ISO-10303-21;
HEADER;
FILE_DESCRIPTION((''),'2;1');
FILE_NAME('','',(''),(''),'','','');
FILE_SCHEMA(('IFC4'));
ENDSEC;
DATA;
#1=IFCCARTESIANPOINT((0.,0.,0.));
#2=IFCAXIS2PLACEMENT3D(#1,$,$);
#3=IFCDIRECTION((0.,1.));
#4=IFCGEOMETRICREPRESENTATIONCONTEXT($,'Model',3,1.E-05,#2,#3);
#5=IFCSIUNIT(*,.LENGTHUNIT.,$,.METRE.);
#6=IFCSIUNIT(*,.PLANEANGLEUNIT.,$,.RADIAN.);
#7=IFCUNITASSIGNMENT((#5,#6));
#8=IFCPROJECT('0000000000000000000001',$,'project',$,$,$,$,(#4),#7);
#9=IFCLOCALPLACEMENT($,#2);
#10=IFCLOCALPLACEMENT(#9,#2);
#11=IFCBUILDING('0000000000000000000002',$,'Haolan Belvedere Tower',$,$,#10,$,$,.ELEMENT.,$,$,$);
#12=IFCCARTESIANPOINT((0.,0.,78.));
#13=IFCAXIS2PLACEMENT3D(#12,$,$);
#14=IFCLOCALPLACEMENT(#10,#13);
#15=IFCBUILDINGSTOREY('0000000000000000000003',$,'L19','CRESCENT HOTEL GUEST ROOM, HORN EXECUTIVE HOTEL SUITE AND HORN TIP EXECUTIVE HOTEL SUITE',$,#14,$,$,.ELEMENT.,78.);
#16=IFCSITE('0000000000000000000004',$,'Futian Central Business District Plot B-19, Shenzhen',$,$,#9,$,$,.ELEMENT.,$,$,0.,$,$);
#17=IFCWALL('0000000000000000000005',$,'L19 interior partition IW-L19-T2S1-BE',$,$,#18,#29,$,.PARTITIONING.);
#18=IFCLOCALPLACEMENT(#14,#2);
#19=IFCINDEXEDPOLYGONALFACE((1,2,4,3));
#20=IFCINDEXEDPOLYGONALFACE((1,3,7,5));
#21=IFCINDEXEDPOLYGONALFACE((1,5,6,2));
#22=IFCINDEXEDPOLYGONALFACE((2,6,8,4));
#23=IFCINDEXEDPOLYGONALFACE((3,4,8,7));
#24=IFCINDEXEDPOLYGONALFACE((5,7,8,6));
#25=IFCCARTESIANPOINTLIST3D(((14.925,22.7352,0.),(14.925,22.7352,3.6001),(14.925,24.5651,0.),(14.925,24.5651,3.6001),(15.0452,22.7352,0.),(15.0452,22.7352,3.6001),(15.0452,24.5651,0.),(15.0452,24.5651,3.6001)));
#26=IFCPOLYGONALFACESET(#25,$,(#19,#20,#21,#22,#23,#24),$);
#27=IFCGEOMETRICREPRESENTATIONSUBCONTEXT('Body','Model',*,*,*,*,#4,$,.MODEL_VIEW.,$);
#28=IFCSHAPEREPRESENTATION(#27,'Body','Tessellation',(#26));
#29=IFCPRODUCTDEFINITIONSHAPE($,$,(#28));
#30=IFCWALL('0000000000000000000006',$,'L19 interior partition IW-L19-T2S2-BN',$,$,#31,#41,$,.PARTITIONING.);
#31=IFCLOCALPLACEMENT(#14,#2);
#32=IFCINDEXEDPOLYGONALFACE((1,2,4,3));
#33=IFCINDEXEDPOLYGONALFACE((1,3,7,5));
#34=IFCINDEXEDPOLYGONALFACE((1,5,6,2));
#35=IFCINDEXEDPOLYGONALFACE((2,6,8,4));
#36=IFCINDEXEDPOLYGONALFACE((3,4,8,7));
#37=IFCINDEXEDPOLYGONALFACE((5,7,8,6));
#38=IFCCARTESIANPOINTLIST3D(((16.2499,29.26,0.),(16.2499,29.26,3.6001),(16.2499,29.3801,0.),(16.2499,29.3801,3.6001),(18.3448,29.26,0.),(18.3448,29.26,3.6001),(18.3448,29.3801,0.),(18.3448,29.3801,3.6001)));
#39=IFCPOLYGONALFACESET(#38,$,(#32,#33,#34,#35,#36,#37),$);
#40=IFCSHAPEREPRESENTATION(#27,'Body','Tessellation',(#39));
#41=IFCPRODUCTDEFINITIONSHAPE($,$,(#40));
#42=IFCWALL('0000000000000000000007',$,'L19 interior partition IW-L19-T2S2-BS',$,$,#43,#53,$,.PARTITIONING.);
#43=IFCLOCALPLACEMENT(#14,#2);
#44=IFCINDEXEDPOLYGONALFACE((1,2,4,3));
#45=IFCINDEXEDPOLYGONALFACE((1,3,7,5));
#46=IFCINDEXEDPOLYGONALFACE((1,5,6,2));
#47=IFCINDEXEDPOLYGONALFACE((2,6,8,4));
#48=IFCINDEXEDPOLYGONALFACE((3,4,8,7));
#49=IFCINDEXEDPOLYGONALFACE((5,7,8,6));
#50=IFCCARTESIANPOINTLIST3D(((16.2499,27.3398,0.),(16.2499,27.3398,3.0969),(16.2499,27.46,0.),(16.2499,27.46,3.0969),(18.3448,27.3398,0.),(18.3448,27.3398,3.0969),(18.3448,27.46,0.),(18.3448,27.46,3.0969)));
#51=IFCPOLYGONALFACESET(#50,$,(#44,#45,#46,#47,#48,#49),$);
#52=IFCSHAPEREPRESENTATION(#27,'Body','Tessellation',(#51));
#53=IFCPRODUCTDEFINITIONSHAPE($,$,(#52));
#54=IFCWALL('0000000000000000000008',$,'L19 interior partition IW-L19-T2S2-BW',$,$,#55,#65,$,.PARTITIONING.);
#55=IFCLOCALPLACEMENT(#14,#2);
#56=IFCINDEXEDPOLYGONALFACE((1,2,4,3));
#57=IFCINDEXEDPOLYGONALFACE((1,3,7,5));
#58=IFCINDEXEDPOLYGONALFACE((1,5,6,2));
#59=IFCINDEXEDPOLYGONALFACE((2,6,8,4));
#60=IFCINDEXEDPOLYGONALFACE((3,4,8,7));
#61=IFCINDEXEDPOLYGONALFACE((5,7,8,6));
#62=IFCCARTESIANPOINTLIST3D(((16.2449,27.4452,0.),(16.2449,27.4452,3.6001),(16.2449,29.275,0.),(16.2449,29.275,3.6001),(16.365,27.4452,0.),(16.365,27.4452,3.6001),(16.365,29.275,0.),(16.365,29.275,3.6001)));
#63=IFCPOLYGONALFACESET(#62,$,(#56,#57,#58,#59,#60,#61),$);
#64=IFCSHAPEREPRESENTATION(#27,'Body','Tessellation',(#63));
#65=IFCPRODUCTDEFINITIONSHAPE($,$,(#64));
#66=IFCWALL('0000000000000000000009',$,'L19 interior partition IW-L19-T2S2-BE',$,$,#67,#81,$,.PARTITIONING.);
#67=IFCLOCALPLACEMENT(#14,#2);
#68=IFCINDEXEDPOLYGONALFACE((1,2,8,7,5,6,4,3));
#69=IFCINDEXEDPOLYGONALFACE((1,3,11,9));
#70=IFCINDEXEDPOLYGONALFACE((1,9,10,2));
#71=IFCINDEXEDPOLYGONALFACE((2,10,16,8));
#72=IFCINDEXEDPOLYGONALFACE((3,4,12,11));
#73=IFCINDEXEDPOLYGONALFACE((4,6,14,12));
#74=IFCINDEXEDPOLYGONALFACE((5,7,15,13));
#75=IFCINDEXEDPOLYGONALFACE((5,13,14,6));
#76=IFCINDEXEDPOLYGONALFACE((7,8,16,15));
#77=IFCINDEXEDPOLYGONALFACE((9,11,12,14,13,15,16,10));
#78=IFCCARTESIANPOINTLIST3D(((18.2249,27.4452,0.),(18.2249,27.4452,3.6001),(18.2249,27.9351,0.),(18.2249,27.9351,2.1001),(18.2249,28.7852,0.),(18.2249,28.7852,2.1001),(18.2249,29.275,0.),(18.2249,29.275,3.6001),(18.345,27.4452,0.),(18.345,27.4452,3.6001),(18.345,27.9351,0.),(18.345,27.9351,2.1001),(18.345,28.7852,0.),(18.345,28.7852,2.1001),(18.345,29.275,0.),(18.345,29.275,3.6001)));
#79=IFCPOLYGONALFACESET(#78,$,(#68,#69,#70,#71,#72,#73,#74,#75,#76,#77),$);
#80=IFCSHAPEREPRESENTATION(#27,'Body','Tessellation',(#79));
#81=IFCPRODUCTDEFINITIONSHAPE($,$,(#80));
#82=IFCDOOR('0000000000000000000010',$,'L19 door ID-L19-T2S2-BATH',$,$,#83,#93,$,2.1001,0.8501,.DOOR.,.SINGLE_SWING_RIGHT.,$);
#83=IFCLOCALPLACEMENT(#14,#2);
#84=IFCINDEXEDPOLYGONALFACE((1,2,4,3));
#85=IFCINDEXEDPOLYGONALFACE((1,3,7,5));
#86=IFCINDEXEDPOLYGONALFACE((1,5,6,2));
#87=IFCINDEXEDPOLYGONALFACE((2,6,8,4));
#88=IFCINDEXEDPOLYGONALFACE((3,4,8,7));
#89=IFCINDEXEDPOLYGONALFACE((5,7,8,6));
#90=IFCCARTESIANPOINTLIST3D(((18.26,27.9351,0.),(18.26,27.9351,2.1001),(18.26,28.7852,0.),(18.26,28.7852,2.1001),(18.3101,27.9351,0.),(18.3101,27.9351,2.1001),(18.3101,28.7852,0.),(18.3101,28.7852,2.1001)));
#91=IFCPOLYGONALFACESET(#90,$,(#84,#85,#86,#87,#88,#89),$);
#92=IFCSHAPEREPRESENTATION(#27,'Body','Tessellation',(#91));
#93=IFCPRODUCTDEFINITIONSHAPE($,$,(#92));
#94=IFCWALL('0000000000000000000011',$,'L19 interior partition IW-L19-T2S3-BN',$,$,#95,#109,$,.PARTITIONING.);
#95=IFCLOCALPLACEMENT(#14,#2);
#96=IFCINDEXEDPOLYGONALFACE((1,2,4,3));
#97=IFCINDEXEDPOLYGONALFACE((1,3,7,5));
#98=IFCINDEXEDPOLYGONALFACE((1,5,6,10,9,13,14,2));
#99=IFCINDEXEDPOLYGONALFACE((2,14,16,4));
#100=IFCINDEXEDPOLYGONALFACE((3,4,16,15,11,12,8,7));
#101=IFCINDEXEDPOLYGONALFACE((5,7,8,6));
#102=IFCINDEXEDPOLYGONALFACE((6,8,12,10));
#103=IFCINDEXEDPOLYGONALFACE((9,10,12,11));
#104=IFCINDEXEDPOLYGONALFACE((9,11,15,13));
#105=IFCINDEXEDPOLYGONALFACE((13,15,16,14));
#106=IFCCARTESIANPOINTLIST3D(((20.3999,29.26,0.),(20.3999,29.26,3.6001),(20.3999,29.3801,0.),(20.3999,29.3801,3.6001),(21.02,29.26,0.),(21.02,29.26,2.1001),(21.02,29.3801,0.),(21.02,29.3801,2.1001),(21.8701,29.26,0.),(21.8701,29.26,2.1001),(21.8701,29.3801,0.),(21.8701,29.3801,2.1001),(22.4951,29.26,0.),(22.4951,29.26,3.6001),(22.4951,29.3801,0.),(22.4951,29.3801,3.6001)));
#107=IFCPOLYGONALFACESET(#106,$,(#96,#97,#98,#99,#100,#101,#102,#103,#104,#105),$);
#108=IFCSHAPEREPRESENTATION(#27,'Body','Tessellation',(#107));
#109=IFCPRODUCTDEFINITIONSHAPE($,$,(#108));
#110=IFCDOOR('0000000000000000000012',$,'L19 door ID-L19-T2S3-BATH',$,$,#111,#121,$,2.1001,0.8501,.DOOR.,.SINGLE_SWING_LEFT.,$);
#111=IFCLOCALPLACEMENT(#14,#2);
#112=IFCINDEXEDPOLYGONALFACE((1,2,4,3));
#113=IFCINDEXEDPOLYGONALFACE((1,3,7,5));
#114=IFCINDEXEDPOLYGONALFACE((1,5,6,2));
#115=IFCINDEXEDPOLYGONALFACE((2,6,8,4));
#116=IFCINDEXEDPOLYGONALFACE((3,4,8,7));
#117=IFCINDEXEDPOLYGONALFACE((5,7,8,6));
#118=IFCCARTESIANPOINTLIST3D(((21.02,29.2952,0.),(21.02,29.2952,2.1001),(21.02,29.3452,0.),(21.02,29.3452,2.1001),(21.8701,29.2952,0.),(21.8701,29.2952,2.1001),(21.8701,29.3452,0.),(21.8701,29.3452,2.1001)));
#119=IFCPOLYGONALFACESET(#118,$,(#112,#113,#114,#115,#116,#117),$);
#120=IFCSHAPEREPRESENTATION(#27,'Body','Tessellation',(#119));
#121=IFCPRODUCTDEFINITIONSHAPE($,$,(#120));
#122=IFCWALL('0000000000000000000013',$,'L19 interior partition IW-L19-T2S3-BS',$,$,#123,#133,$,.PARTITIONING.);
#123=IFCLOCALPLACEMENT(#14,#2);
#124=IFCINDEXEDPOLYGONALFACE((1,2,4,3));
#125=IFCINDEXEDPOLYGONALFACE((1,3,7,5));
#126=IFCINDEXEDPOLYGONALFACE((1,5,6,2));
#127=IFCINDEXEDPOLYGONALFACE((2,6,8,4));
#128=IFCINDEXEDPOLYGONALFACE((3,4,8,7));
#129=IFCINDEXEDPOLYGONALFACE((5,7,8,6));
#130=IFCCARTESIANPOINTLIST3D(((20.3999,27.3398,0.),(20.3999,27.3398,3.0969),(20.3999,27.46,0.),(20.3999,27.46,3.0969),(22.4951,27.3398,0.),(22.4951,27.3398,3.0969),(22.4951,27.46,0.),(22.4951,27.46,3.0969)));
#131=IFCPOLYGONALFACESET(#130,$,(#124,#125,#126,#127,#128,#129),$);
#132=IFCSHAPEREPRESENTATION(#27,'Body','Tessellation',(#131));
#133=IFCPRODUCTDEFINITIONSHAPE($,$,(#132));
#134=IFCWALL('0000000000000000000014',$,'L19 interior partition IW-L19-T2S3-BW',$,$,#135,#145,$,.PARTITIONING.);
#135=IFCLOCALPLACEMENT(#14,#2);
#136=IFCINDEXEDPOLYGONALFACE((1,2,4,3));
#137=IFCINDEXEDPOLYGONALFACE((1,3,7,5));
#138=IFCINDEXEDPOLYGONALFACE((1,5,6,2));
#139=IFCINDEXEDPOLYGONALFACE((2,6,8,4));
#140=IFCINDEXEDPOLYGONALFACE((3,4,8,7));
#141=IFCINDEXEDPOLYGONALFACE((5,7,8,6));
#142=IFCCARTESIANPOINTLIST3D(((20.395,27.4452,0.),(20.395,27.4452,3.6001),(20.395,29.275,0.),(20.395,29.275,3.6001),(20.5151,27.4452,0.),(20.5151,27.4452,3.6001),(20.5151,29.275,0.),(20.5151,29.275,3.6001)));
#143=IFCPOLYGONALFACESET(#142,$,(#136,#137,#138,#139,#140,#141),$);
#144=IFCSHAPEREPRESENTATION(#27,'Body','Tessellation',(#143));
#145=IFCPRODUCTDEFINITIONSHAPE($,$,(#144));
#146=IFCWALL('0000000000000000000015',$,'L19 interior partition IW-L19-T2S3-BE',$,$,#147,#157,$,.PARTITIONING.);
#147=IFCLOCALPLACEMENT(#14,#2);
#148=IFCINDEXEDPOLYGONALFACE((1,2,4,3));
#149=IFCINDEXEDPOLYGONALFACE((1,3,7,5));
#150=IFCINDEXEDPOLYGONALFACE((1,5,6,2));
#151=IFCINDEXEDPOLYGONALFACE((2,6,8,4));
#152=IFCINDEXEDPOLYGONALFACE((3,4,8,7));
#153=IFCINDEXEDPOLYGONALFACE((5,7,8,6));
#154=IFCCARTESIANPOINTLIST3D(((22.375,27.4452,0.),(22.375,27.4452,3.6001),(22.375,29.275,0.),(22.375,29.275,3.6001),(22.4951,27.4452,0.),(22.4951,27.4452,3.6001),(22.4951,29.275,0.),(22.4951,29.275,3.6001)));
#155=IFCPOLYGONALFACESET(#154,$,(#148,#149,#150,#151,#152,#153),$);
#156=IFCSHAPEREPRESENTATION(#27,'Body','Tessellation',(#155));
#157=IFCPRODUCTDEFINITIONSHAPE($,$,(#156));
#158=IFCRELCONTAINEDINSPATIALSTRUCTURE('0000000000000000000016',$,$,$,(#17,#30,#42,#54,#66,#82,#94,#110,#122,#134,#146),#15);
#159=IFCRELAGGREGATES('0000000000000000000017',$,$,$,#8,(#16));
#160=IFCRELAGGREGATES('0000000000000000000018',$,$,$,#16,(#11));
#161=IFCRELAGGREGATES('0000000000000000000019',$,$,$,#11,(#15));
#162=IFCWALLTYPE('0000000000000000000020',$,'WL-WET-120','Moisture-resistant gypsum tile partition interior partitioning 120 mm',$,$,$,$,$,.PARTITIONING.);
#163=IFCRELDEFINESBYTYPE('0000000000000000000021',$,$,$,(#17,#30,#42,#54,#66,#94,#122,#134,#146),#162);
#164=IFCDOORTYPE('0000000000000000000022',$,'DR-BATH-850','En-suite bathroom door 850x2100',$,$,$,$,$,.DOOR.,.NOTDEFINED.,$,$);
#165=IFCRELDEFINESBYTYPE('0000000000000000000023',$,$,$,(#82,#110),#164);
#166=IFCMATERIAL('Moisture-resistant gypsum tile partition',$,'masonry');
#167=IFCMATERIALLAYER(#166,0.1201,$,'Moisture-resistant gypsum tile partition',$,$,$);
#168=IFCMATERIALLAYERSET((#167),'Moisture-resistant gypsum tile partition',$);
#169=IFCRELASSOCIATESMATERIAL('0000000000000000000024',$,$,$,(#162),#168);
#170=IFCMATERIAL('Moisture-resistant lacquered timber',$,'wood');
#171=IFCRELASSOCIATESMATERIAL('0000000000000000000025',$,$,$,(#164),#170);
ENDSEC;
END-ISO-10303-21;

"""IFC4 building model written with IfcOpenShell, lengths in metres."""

from ifc_helpers import new_model, si_unit, direction, frame, frame_2d, origin, place, context, subcontext, project, spatial, rectangle, extrude, material, layer, layer_set, type_object, element, fill, save


model = new_model("IFC4")

# Units and contexts
model_context = context("Model", 3, precision=1e-05, world=origin(), true_north=direction((0.0, 1.0)))
body_context = subcontext(model_context, "Body", "Model", "MODEL_VIEW")
ifc_project = project(units=[si_unit("LENGTHUNIT", "METRE"), si_unit("PLANEANGLEUNIT", "RADIAN")], contexts=[model_context])

# Site, building, storey
site_placement = place(None, origin())
site = spatial("IfcSite", under=ifc_project, at=site_placement, Name="Futian Central Business District Plot B-19, Shenzhen", CompositionType="ELEMENT", RefElevation=0.0)
building_placement = place(site_placement, origin())
building = spatial("IfcBuilding", under=site, at=building_placement, Name="Haolan Belvedere Tower", CompositionType="ELEMENT")
storey_placement = place(building_placement, frame((0.0, 0.0, 78.0)))
storey = spatial("IfcBuildingStorey", under=building, at=storey_placement, Name="L19", Description="CRESCENT HOTEL GUEST ROOM, HORN EXECUTIVE HOTEL SUITE AND HORN TIP EXECUTIVE HOTEL SUITE", CompositionType="ELEMENT", Elevation=78.0)

# Walls
ifc_material_1 = material(Name="Moisture-resistant gypsum tile partition", Category="masonry")
ifc_layer_1 = layer(ifc_material_1, 0.1201, Name="Moisture-resistant gypsum tile partition")
ifc_layer_set_1 = layer_set([ifc_layer_1], Name="Moisture-resistant gypsum tile partition")
wall_type_1 = type_object("IfcWallType", Name="WL-WET-120", Description="Moisture-resistant gypsum tile partition interior partitioning 120 mm", PredefinedType="PARTITIONING", material=ifc_layer_set_1)
wall_1_placement = place(storey_placement, frame((14.9851, 22.7351, 0.0), z_axis=(0.0, 0.0, 1.0), x_axis=(0.0, 1.0, 0.0)))
element("IfcWall", 1, at=wall_1_placement, inside=storey, type_object=wall_type_1, Name="L19 interior partition IW-L19-T2S1-BE", PredefinedType="PARTITIONING", context=body_context, shape_type="SweptSolid", body=[
    extrude(rectangle(XDim=1.8298, YDim=0.1201, at=frame_2d((0.915, 0.0))), origin(), (0.0, 0.0, 1.0), 3.6001),
])
wall_2_placement = place(storey_placement, frame((16.25, 29.3201, 0.0), z_axis=(0.0, 0.0, 1.0), x_axis=(1.0, 0.0, 0.0)))
element("IfcWall", 2, at=wall_2_placement, inside=storey, type_object=wall_type_1, Name="L19 interior partition IW-L19-T2S2-BN", PredefinedType="PARTITIONING", context=body_context, shape_type="SweptSolid", body=[
    extrude(rectangle(XDim=2.095, YDim=0.1201, at=frame_2d((1.0474, 0.0))), origin(), (0.0, 0.0, 1.0), 3.6001),
])
wall_3_placement = place(storey_placement, frame((16.25, 27.3999, 0.0), z_axis=(0.0, 0.0, 1.0), x_axis=(1.0, 0.0, 0.0)))
element("IfcWall", 3, at=wall_3_placement, inside=storey, type_object=wall_type_1, Name="L19 interior partition IW-L19-T2S2-BS", PredefinedType="PARTITIONING", context=body_context, shape_type="SweptSolid", body=[
    extrude(rectangle(XDim=2.095, YDim=0.1201, at=frame_2d((1.0474, 0.0))), origin(), (0.0, 0.0, 1.0), 3.0969),
])
wall_4_placement = place(storey_placement, frame((16.3049, 27.4451, 0.0), z_axis=(0.0, 0.0, 1.0), x_axis=(0.0, 1.0, 0.0)))
element("IfcWall", 4, at=wall_4_placement, inside=storey, type_object=wall_type_1, Name="L19 interior partition IW-L19-T2S2-BW", PredefinedType="PARTITIONING", context=body_context, shape_type="SweptSolid", body=[
    extrude(rectangle(XDim=1.8298, YDim=0.1201, at=frame_2d((0.915, 0.0))), origin(), (0.0, 0.0, 1.0), 3.6001),
])

# Walls, openings, doors
wall_5_placement = place(storey_placement, frame((18.2849, 27.4451, 0.0), z_axis=(0.0, 0.0, 1.0), x_axis=(0.0, 1.0, 0.0)))
wall_5 = element("IfcWall", 5, at=wall_5_placement, inside=storey, type_object=wall_type_1, Name="L19 interior partition IW-L19-T2S2-BE", PredefinedType="PARTITIONING", context=body_context, shape_type="SweptSolid", body=[
    extrude(rectangle(XDim=1.8298, YDim=0.1201, at=frame_2d((0.915, 0.0))), origin(), (0.0, 0.0, 1.0), 3.6001),
])
opening_1_placement = place(wall_5_placement, frame((0.49, 0.0, 0.0)))
opening_1 = element("IfcOpeningElement", 6, at=opening_1_placement, cuts=wall_5, PredefinedType="OPENING", context=body_context, shape_type="SweptSolid", body=[
    extrude(rectangle(XDim=0.8501, YDim=2.1001, at=frame_2d((0.425, 1.05))), frame((0.0, 0.0701, 0.0), z_axis=(0.0, -1.0, 0.0), x_axis=(1.0, 0.0, 0.0)), (0.0, 0.0, 1.0), 0.1401),
])
ifc_material_2 = material(Name="Moisture-resistant lacquered timber", Category="wood")
door_type_1 = type_object("IfcDoorType", Name="DR-BATH-850", Description="En-suite bathroom door 850x2100", OperationType="NOTDEFINED", PredefinedType="DOOR", material=ifc_material_2)
door_1_placement = place(opening_1_placement, origin())
door_1 = element("IfcDoor", 7, at=door_1_placement, inside=storey, type_object=door_type_1, Name="L19 door ID-L19-T2S2-BATH", OperationType="SINGLE_SWING_RIGHT", OverallHeight=2.1001, OverallWidth=0.8501, PredefinedType="DOOR", context=body_context, shape_type="SweptSolid", body=[
    extrude(rectangle(XDim=0.8501, YDim=2.1001, at=frame_2d((0.425, 1.05))), frame((0.0, 0.0249, 0.0), z_axis=(0.0, -1.0, 0.0), x_axis=(1.0, 0.0, 0.0)), (0.0, 0.0, 1.0), 0.05),
])
fill(opening_1, door_1)
wall_6_placement = place(storey_placement, frame((20.3999, 29.3201, 0.0), z_axis=(0.0, 0.0, 1.0), x_axis=(1.0, 0.0, 0.0)))
wall_6 = element("IfcWall", 8, at=wall_6_placement, inside=storey, type_object=wall_type_1, Name="L19 interior partition IW-L19-T2S3-BN", PredefinedType="PARTITIONING", context=body_context, shape_type="SweptSolid", body=[
    extrude(rectangle(XDim=2.0952, YDim=0.1201, at=frame_2d((1.0476, 0.0))), origin(), (0.0, 0.0, 1.0), 3.6001),
])
opening_2_placement = place(wall_6_placement, frame((1.4702, 0.0, 0.0), z_axis=(0.0, 0.0, 1.0), x_axis=(-1.0, 0.0, 0.0)))
opening_2 = element("IfcOpeningElement", 9, at=opening_2_placement, cuts=wall_6, PredefinedType="OPENING", context=body_context, shape_type="SweptSolid", body=[
    extrude(rectangle(XDim=0.8501, YDim=2.1001, at=frame_2d((0.425, 1.05))), frame((0.0, 0.0701, 0.0), z_axis=(0.0, -1.0, 0.0), x_axis=(1.0, 0.0, 0.0)), (0.0, 0.0, 1.0), 0.1401),
])
door_2_placement = place(opening_2_placement, origin())
door_2 = element("IfcDoor", 10, at=door_2_placement, inside=storey, type_object=door_type_1, Name="L19 door ID-L19-T2S3-BATH", OperationType="SINGLE_SWING_LEFT", OverallHeight=2.1001, OverallWidth=0.8501, PredefinedType="DOOR", context=body_context, shape_type="SweptSolid", body=[
    extrude(rectangle(XDim=0.8501, YDim=2.1001, at=frame_2d((0.425, 1.05))), frame((0.0, 0.0249, 0.0), z_axis=(0.0, -1.0, 0.0), x_axis=(1.0, 0.0, 0.0)), (0.0, 0.0, 1.0), 0.05),
])
fill(opening_2, door_2)

# Walls
wall_7_placement = place(storey_placement, frame((20.3999, 27.3999, 0.0), z_axis=(0.0, 0.0, 1.0), x_axis=(1.0, 0.0, 0.0)))
element("IfcWall", 11, at=wall_7_placement, inside=storey, type_object=wall_type_1, Name="L19 interior partition IW-L19-T2S3-BS", PredefinedType="PARTITIONING", context=body_context, shape_type="SweptSolid", body=[
    extrude(rectangle(XDim=2.0952, YDim=0.1201, at=frame_2d((1.0476, 0.0))), origin(), (0.0, 0.0, 1.0), 3.0969),
])
for number, where, z_axis, x_axis, name in (
    (12, (20.4551, 27.4451, 0.0), (0.0, 0.0, 1.0), (0.0, 1.0, 0.0), "L19 interior partition IW-L19-T2S3-BW"),
    (13, (22.4351, 27.4451, 0.0), (0.0, 0.0, 1.0), (0.0, 1.0, 0.0), "L19 interior partition IW-L19-T2S3-BE"),
):
    element("IfcWall", number, at=place(storey_placement, frame(where, z_axis=z_axis, x_axis=x_axis)), inside=storey, type_object=wall_type_1, Name=name, PredefinedType="PARTITIONING", context=body_context, shape_type="SweptSolid", body=[
        extrude(rectangle(XDim=1.8298, YDim=0.1201, at=frame_2d((0.915, 0.0))), origin(), (0.0, 0.0, 1.0), 3.6001),
    ])

save(model, "model.ifc")
